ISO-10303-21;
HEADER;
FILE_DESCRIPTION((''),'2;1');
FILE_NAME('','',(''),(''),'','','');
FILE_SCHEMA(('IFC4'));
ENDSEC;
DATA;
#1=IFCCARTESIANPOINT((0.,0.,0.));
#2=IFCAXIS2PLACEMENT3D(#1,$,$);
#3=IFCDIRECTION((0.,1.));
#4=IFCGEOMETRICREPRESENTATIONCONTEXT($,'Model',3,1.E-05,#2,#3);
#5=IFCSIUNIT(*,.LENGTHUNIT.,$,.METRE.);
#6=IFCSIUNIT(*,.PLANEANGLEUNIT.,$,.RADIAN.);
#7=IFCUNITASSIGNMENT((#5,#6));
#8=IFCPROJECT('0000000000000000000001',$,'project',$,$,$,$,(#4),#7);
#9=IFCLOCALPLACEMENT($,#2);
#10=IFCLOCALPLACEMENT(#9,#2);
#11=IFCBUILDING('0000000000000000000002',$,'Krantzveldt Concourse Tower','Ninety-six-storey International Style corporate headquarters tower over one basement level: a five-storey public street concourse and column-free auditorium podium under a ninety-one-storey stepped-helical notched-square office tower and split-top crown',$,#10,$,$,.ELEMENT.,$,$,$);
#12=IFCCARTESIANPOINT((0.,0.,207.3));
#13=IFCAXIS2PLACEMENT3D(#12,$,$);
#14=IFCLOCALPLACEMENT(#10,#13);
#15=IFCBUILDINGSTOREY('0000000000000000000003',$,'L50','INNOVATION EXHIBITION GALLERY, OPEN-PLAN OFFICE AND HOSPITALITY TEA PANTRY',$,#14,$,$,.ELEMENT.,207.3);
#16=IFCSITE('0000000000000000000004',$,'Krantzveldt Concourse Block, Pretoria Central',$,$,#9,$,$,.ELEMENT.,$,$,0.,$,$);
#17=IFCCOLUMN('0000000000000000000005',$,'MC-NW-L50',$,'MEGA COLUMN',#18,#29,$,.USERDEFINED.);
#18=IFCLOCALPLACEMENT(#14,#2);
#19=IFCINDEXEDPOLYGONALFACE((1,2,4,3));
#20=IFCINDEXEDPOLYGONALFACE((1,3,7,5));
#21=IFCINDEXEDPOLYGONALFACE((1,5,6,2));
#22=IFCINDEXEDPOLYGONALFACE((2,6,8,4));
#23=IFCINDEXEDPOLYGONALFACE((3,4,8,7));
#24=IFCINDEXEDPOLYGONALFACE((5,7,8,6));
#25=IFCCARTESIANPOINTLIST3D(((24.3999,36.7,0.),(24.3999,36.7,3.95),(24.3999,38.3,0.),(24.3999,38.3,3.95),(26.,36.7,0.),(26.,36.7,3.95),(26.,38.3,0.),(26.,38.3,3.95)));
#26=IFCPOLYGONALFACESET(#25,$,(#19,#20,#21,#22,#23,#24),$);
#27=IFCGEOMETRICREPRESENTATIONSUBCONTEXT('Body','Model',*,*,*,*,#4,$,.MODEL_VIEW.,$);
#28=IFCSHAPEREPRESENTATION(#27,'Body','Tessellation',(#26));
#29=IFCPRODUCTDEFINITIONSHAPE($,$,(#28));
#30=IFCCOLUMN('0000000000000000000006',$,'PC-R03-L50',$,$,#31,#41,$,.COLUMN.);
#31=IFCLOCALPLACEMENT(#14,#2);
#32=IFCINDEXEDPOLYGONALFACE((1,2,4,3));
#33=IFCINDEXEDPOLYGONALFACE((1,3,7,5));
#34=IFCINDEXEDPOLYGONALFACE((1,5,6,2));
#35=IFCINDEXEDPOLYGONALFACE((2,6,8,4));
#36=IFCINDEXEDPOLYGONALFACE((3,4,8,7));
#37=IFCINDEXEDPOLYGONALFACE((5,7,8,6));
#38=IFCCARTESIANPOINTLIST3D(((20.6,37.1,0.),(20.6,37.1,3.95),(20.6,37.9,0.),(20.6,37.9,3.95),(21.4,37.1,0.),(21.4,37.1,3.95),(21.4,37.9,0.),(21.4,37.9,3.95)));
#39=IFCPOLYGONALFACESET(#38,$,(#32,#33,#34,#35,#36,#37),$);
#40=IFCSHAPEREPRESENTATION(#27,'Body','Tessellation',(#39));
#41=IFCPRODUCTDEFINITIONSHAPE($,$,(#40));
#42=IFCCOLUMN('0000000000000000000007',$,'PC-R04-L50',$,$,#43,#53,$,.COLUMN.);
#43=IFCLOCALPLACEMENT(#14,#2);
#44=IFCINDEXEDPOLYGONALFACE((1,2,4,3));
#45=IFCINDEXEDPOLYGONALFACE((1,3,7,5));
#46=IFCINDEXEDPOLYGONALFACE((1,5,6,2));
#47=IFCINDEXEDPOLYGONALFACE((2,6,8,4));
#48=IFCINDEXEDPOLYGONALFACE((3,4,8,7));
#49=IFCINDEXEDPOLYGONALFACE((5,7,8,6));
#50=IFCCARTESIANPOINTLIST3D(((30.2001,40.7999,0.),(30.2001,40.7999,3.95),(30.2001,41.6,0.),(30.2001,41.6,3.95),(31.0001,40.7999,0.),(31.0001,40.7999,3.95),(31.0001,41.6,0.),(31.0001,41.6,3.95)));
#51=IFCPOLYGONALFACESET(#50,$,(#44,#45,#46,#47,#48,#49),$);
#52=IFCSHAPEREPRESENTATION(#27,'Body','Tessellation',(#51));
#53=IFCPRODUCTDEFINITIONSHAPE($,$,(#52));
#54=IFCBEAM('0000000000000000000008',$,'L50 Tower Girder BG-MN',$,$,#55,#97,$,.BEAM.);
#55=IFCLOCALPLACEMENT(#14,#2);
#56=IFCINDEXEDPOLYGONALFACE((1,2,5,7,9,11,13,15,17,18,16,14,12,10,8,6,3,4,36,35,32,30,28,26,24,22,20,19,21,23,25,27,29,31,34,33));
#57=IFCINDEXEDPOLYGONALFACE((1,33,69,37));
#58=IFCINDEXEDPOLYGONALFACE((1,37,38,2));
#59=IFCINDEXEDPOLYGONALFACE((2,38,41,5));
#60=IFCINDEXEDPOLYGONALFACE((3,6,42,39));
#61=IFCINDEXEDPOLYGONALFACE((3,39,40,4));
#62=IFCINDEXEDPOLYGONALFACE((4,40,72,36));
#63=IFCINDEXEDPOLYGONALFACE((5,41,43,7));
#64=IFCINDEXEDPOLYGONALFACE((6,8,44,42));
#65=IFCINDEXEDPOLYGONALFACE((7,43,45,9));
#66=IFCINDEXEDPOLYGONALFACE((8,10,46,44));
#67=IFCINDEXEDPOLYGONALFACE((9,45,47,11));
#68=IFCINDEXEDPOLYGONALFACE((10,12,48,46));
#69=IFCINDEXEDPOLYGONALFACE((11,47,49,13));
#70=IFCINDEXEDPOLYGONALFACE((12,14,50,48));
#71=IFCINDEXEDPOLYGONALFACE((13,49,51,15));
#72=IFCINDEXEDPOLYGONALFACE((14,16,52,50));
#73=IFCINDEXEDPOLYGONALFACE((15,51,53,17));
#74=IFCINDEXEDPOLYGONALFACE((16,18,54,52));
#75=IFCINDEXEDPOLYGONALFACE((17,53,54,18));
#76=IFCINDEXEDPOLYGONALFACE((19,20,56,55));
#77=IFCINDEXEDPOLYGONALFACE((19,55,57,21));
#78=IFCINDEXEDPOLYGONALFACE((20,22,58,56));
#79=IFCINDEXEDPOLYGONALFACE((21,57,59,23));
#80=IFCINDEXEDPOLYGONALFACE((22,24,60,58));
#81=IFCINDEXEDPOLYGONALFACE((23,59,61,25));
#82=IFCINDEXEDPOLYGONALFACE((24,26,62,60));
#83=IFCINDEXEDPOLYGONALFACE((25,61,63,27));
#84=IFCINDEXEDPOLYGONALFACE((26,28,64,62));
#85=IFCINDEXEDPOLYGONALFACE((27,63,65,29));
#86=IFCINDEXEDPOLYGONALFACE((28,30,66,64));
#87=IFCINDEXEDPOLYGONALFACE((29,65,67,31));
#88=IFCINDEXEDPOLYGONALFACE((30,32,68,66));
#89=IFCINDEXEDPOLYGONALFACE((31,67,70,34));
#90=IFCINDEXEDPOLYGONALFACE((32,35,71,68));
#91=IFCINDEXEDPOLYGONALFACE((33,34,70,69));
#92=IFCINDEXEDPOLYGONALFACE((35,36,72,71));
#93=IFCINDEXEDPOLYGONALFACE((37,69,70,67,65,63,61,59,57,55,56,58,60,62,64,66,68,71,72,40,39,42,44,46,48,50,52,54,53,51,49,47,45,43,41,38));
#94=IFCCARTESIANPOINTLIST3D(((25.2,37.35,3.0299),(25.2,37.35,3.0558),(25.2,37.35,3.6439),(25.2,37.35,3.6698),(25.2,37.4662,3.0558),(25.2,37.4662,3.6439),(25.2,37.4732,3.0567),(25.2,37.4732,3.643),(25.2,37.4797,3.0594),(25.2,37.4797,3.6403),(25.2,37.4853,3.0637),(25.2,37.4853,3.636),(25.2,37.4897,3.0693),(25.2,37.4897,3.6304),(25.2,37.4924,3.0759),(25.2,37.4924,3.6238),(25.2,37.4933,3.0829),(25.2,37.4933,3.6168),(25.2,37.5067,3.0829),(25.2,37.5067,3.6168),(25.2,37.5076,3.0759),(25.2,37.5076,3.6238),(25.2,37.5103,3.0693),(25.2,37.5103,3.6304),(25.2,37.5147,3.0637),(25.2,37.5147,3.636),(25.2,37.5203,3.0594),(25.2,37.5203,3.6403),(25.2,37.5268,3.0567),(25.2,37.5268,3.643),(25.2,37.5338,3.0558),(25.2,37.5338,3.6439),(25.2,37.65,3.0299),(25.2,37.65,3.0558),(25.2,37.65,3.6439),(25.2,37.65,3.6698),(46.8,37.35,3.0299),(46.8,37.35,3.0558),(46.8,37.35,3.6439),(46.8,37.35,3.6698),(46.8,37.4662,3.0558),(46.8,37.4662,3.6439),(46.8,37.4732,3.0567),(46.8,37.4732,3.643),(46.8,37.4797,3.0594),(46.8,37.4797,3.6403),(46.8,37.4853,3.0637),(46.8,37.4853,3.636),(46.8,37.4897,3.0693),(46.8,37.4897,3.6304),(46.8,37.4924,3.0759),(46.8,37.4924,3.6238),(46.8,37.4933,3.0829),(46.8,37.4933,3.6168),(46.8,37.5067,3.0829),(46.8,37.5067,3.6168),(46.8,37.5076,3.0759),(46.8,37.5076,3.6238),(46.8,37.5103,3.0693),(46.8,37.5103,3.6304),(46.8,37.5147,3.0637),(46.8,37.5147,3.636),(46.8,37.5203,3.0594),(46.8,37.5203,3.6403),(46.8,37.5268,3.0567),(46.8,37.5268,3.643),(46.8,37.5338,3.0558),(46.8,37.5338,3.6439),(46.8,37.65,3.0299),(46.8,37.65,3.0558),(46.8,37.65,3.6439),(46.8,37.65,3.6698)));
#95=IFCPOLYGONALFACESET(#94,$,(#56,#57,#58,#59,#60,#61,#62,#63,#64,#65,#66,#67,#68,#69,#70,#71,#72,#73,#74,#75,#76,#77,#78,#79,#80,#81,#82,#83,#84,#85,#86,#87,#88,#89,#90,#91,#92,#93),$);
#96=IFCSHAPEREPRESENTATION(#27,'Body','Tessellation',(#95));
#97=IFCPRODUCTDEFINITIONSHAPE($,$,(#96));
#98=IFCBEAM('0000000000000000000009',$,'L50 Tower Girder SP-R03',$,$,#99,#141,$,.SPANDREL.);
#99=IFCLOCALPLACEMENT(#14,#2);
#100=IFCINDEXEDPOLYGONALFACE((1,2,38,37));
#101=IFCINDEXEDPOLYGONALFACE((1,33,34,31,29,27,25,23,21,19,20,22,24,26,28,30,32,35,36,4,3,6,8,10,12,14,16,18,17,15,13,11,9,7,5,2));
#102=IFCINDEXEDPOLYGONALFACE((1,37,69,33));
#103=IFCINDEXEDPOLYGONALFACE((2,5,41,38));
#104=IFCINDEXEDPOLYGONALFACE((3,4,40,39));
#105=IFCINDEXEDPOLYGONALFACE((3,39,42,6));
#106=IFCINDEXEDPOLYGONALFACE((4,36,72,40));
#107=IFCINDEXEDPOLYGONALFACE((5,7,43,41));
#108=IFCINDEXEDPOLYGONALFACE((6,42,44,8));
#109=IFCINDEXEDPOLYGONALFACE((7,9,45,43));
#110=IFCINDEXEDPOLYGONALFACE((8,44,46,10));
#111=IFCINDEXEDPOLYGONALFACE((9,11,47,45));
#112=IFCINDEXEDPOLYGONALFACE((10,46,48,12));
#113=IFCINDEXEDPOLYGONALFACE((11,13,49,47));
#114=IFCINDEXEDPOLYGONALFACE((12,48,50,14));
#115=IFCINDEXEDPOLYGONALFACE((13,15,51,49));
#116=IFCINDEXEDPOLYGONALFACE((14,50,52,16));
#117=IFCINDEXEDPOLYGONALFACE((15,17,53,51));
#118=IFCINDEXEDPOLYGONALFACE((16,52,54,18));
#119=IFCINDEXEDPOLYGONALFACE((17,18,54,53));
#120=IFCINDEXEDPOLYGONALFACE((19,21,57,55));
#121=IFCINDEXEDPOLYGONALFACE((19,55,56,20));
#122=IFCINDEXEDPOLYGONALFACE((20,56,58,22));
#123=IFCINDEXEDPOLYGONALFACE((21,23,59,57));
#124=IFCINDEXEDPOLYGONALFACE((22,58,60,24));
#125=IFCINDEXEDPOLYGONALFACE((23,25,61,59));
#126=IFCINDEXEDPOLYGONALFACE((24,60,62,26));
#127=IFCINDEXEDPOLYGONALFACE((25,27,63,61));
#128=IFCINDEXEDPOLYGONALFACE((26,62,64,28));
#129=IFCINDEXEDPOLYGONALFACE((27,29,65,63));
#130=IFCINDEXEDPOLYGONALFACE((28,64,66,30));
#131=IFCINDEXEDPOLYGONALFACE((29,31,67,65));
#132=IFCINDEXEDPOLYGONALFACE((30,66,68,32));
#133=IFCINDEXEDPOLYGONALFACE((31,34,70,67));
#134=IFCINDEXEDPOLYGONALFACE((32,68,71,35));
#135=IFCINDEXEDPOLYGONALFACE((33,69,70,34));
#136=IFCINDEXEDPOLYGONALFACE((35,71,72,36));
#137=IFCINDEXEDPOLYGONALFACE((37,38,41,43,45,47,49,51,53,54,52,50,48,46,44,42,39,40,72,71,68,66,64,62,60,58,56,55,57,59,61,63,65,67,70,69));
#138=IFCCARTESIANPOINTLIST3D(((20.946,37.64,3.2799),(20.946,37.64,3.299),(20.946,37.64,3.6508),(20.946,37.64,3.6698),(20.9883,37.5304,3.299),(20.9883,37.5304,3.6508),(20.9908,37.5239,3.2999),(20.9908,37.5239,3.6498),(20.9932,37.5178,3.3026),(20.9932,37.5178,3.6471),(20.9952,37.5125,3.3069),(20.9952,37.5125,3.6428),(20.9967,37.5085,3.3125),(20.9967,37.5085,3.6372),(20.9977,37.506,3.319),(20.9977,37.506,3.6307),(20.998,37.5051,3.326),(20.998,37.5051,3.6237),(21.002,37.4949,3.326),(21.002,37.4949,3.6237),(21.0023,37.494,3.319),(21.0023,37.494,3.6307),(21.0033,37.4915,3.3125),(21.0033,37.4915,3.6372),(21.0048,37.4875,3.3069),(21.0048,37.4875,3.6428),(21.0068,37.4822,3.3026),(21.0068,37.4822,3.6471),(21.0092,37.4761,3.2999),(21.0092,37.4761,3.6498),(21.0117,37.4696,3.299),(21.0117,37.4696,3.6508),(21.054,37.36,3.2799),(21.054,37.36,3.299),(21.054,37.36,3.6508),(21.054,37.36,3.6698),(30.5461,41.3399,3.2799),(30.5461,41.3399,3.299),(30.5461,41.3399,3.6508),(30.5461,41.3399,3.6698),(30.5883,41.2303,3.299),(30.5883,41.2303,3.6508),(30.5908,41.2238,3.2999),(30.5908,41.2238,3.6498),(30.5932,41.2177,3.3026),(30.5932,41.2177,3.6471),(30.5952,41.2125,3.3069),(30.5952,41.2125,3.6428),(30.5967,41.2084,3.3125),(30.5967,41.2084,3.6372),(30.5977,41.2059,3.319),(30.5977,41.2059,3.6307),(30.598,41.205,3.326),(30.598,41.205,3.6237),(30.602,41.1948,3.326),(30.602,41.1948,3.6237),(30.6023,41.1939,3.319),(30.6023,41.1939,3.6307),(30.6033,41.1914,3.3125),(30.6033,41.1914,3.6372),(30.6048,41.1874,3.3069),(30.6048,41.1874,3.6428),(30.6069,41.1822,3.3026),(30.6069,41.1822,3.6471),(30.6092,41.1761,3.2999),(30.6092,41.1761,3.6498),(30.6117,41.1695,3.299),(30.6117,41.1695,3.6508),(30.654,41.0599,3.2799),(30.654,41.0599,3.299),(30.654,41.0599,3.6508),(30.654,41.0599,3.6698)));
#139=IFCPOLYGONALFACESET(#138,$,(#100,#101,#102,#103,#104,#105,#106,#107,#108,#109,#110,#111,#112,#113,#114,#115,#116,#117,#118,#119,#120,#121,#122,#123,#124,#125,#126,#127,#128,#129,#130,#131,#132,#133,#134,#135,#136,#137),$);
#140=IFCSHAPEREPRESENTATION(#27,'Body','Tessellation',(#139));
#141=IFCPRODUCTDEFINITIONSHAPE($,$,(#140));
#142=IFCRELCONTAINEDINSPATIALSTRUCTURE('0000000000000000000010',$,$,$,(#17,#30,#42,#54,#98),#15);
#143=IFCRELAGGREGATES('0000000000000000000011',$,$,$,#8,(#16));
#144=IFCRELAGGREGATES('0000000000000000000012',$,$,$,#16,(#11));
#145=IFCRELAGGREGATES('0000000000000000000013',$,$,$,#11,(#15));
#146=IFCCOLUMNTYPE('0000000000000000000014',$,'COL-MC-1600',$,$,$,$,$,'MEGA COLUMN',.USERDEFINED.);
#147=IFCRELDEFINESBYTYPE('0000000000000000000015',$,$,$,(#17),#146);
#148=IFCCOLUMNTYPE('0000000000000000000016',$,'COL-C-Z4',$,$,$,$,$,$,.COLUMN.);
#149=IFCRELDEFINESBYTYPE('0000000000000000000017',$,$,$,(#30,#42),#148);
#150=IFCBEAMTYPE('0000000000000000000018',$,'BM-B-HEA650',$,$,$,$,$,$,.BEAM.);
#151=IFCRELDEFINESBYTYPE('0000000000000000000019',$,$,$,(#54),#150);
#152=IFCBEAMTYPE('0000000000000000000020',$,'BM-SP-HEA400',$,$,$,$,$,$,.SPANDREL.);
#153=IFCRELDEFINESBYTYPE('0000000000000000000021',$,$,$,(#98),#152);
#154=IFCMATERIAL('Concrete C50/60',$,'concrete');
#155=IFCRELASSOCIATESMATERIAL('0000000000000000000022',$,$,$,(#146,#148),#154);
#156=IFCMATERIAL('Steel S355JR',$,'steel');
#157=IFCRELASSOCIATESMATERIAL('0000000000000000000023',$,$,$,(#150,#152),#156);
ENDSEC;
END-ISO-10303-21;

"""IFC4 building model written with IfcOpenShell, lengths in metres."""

from ifc_helpers import new_model, si_unit, direction, frame, origin, origin_2d, place, context, subcontext, project, spatial, rectangle, i_section, extrude, source, transform, mapped, material, material_profile, profile_set, type_object, type_shapes, element, save


model = new_model("IFC4")

# Units and contexts
model_context = context("Model", 3, precision=1e-05, world=origin(), true_north=direction((0.0, 1.0)))
body_context = subcontext(model_context, "Body", "Model", "MODEL_VIEW")
ifc_project = project(units=[si_unit("LENGTHUNIT", "METRE"), si_unit("PLANEANGLEUNIT", "RADIAN")], contexts=[model_context])

# Site, building, storey
site_placement = place(None, origin())
site = spatial("IfcSite", under=ifc_project, at=site_placement, Name="Krantzveldt Concourse Block, Pretoria Central", CompositionType="ELEMENT", RefElevation=0.0)
building_placement = place(site_placement, origin())
building = spatial("IfcBuilding", under=site, at=building_placement, Name="Krantzveldt Concourse Tower", Description="Ninety-six-storey International Style corporate headquarters tower over one basement level: a five-storey public street concourse and column-free auditorium podium under a ninety-one-storey stepped-helical notched-square office tower and split-top crown", CompositionType="ELEMENT")
storey_placement = place(building_placement, frame((0.0, 0.0, 207.3)))
storey = spatial("IfcBuildingStorey", under=building, at=storey_placement, Name="L50", Description="INNOVATION EXHIBITION GALLERY, OPEN-PLAN OFFICE AND HOSPITALITY TEA PANTRY", CompositionType="ELEMENT", Elevation=207.3)

# Columns
ifc_material_1 = material(Name="Concrete C50/60", Category="concrete")
ifc_material_profile_1 = material_profile(ifc_material_1, rectangle(XDim=1.6001, YDim=1.6001, at=origin_2d()), Name="Concrete C50/60", Category="concrete")
ifc_profile_set_1 = profile_set([ifc_material_profile_1], Name="Concrete C50/60 - RC 1600x1600")
column_type_1 = type_object("IfcColumnType", Name="COL-MC-1600", ElementType="MEGA COLUMN", PredefinedType="USERDEFINED", material=ifc_profile_set_1)
shared_shape_1 = source(origin(), body_context, "Body", "SweptSolid", [
    extrude(rectangle(XDim=1.6001, YDim=1.6001, at=origin_2d()), origin(), (0.0, 0.0, 1.0), 3.95),
])
type_shapes(column_type_1, [shared_shape_1])
column_placement = place(storey_placement, frame((25.2, 37.5, 0.0), z_axis=(0.0, 0.0, 1.0), x_axis=(1.0, 0.0, 0.0)))
element("IfcColumn", 1, at=column_placement, inside=storey, type_object=column_type_1, Name="MC-NW-L50", ObjectType="MEGA COLUMN", PredefinedType="USERDEFINED", context=body_context, shape_type="MappedRepresentation", body=[
    mapped(shared_shape_1, transform((0.0, 0.0, 0.0), x_axis=(1.0, 0.0, 0.0), y_axis=(0.0, 1.0, 0.0), z_axis=(0.0, 0.0, 1.0), scale=1.0)),
])
ifc_material_profile_2 = material_profile(ifc_material_1, rectangle(XDim=0.8, YDim=0.8, at=origin_2d()), Name="Concrete C50/60", Category="concrete")
ifc_profile_set_2 = profile_set([ifc_material_profile_2], Name="Concrete C50/60 - RC 800x800")
column_type_2 = type_object("IfcColumnType", Name="COL-C-Z4", PredefinedType="COLUMN", material=ifc_profile_set_2)
shared_shape_2 = source(origin(), body_context, "Body", "SweptSolid", [
    extrude(rectangle(XDim=0.8, YDim=0.8, at=origin_2d()), origin(), (0.0, 0.0, 1.0), 3.95),
])
type_shapes(column_type_2, [shared_shape_2])
for number, where, z_axis, x_axis, name in (
    (2, (21.0, 37.5, 0.0), (0.0, 0.0, 1.0), (1.0, 0.0, 0.0), "PC-R03-L50"),
    (3, (30.6001, 41.2, 0.0), (0.0, 0.0, 1.0), (1.0, 0.0, 0.0), "PC-R04-L50"),
):
    element("IfcColumn", number, at=place(storey_placement, frame(where, z_axis=z_axis, x_axis=x_axis)), inside=storey, type_object=column_type_2, Name=name, PredefinedType="COLUMN", context=body_context, shape_type="MappedRepresentation", body=[
        mapped(shared_shape_2, transform((0.0, 0.0, 0.0), x_axis=(1.0, 0.0, 0.0), y_axis=(0.0, 1.0, 0.0), z_axis=(0.0, 0.0, 1.0), scale=1.0)),
    ])

# Beams
ifc_material_2 = material(Name="Steel S355JR", Category="steel")
ifc_material_profile_3 = material_profile(ifc_material_2, i_section(OverallWidth=0.3, OverallDepth=0.6399, WebThickness=0.0134, FlangeThickness=0.0259, FilletRadius=0.0271, at=origin_2d()), Name="Steel S355JR", Category="steel")
ifc_profile_set_3 = profile_set([ifc_material_profile_3], Name="Steel S355JR - HEA 650")
beam_type_1 = type_object("IfcBeamType", Name="BM-B-HEA650", PredefinedType="BEAM", material=ifc_profile_set_3)
shared_shape_3 = source(origin(), body_context, "Body", "SweptSolid", [
    extrude(i_section(OverallWidth=0.3, OverallDepth=0.6399, WebThickness=0.0134, FlangeThickness=0.0259, FilletRadius=0.0271, at=origin_2d()), origin(), (0.0, 0.0, 1.0), 21.6001),
])
type_shapes(beam_type_1, [shared_shape_3])
beam_1_placement = place(storey_placement, frame((25.2, 37.5, 3.3499), z_axis=(1.0, 0.0, 0.0), x_axis=(0.0, 1.0, 0.0)))
element("IfcBeam", 4, at=beam_1_placement, inside=storey, type_object=beam_type_1, Name="L50 Tower Girder BG-MN", PredefinedType="BEAM", context=body_context, shape_type="MappedRepresentation", body=[
    mapped(shared_shape_3, transform((0.0, 0.0, 0.0), x_axis=(1.0, 0.0, 0.0), y_axis=(0.0, 1.0, 0.0), z_axis=(0.0, 0.0, 1.0), scale=1.0)),
])
ifc_material_profile_4 = material_profile(ifc_material_2, i_section(OverallWidth=0.3, OverallDepth=0.3899, WebThickness=0.011, FlangeThickness=0.019, FilletRadius=0.0271, at=origin_2d()), Name="Steel S355JR", Category="steel")
ifc_profile_set_4 = profile_set([ifc_material_profile_4], Name="Steel S355JR - HEA 400")
beam_type_2 = type_object("IfcBeamType", Name="BM-SP-HEA400", PredefinedType="SPANDREL", material=ifc_profile_set_4)
shared_shape_4 = source(origin(), body_context, "Body", "SweptSolid", [
    extrude(i_section(OverallWidth=0.3, OverallDepth=0.3899, WebThickness=0.011, FlangeThickness=0.019, FilletRadius=0.0271, at=origin_2d()), origin(), (0.0, 0.0, 1.0), 10.2883),
])
beam_2_placement = place(storey_placement, frame((21.0, 37.5, 3.4749), z_axis=(0.933098, 0.359623, 0.0), x_axis=(-0.359623, 0.933098, 0.0)))
element("IfcBeam", 5, at=beam_2_placement, inside=storey, type_object=beam_type_2, Name="L50 Tower Girder SP-R03", PredefinedType="SPANDREL", context=body_context, shape_type="MappedRepresentation", body=[
    mapped(shared_shape_4, transform((0.0, 0.0, 0.0), x_axis=(1.0, 0.0, 0.0), y_axis=(0.0, 1.0, 0.0), z_axis=(0.0, 0.0, 1.0), scale=1.0)),
])

save(model, "model.ifc")
